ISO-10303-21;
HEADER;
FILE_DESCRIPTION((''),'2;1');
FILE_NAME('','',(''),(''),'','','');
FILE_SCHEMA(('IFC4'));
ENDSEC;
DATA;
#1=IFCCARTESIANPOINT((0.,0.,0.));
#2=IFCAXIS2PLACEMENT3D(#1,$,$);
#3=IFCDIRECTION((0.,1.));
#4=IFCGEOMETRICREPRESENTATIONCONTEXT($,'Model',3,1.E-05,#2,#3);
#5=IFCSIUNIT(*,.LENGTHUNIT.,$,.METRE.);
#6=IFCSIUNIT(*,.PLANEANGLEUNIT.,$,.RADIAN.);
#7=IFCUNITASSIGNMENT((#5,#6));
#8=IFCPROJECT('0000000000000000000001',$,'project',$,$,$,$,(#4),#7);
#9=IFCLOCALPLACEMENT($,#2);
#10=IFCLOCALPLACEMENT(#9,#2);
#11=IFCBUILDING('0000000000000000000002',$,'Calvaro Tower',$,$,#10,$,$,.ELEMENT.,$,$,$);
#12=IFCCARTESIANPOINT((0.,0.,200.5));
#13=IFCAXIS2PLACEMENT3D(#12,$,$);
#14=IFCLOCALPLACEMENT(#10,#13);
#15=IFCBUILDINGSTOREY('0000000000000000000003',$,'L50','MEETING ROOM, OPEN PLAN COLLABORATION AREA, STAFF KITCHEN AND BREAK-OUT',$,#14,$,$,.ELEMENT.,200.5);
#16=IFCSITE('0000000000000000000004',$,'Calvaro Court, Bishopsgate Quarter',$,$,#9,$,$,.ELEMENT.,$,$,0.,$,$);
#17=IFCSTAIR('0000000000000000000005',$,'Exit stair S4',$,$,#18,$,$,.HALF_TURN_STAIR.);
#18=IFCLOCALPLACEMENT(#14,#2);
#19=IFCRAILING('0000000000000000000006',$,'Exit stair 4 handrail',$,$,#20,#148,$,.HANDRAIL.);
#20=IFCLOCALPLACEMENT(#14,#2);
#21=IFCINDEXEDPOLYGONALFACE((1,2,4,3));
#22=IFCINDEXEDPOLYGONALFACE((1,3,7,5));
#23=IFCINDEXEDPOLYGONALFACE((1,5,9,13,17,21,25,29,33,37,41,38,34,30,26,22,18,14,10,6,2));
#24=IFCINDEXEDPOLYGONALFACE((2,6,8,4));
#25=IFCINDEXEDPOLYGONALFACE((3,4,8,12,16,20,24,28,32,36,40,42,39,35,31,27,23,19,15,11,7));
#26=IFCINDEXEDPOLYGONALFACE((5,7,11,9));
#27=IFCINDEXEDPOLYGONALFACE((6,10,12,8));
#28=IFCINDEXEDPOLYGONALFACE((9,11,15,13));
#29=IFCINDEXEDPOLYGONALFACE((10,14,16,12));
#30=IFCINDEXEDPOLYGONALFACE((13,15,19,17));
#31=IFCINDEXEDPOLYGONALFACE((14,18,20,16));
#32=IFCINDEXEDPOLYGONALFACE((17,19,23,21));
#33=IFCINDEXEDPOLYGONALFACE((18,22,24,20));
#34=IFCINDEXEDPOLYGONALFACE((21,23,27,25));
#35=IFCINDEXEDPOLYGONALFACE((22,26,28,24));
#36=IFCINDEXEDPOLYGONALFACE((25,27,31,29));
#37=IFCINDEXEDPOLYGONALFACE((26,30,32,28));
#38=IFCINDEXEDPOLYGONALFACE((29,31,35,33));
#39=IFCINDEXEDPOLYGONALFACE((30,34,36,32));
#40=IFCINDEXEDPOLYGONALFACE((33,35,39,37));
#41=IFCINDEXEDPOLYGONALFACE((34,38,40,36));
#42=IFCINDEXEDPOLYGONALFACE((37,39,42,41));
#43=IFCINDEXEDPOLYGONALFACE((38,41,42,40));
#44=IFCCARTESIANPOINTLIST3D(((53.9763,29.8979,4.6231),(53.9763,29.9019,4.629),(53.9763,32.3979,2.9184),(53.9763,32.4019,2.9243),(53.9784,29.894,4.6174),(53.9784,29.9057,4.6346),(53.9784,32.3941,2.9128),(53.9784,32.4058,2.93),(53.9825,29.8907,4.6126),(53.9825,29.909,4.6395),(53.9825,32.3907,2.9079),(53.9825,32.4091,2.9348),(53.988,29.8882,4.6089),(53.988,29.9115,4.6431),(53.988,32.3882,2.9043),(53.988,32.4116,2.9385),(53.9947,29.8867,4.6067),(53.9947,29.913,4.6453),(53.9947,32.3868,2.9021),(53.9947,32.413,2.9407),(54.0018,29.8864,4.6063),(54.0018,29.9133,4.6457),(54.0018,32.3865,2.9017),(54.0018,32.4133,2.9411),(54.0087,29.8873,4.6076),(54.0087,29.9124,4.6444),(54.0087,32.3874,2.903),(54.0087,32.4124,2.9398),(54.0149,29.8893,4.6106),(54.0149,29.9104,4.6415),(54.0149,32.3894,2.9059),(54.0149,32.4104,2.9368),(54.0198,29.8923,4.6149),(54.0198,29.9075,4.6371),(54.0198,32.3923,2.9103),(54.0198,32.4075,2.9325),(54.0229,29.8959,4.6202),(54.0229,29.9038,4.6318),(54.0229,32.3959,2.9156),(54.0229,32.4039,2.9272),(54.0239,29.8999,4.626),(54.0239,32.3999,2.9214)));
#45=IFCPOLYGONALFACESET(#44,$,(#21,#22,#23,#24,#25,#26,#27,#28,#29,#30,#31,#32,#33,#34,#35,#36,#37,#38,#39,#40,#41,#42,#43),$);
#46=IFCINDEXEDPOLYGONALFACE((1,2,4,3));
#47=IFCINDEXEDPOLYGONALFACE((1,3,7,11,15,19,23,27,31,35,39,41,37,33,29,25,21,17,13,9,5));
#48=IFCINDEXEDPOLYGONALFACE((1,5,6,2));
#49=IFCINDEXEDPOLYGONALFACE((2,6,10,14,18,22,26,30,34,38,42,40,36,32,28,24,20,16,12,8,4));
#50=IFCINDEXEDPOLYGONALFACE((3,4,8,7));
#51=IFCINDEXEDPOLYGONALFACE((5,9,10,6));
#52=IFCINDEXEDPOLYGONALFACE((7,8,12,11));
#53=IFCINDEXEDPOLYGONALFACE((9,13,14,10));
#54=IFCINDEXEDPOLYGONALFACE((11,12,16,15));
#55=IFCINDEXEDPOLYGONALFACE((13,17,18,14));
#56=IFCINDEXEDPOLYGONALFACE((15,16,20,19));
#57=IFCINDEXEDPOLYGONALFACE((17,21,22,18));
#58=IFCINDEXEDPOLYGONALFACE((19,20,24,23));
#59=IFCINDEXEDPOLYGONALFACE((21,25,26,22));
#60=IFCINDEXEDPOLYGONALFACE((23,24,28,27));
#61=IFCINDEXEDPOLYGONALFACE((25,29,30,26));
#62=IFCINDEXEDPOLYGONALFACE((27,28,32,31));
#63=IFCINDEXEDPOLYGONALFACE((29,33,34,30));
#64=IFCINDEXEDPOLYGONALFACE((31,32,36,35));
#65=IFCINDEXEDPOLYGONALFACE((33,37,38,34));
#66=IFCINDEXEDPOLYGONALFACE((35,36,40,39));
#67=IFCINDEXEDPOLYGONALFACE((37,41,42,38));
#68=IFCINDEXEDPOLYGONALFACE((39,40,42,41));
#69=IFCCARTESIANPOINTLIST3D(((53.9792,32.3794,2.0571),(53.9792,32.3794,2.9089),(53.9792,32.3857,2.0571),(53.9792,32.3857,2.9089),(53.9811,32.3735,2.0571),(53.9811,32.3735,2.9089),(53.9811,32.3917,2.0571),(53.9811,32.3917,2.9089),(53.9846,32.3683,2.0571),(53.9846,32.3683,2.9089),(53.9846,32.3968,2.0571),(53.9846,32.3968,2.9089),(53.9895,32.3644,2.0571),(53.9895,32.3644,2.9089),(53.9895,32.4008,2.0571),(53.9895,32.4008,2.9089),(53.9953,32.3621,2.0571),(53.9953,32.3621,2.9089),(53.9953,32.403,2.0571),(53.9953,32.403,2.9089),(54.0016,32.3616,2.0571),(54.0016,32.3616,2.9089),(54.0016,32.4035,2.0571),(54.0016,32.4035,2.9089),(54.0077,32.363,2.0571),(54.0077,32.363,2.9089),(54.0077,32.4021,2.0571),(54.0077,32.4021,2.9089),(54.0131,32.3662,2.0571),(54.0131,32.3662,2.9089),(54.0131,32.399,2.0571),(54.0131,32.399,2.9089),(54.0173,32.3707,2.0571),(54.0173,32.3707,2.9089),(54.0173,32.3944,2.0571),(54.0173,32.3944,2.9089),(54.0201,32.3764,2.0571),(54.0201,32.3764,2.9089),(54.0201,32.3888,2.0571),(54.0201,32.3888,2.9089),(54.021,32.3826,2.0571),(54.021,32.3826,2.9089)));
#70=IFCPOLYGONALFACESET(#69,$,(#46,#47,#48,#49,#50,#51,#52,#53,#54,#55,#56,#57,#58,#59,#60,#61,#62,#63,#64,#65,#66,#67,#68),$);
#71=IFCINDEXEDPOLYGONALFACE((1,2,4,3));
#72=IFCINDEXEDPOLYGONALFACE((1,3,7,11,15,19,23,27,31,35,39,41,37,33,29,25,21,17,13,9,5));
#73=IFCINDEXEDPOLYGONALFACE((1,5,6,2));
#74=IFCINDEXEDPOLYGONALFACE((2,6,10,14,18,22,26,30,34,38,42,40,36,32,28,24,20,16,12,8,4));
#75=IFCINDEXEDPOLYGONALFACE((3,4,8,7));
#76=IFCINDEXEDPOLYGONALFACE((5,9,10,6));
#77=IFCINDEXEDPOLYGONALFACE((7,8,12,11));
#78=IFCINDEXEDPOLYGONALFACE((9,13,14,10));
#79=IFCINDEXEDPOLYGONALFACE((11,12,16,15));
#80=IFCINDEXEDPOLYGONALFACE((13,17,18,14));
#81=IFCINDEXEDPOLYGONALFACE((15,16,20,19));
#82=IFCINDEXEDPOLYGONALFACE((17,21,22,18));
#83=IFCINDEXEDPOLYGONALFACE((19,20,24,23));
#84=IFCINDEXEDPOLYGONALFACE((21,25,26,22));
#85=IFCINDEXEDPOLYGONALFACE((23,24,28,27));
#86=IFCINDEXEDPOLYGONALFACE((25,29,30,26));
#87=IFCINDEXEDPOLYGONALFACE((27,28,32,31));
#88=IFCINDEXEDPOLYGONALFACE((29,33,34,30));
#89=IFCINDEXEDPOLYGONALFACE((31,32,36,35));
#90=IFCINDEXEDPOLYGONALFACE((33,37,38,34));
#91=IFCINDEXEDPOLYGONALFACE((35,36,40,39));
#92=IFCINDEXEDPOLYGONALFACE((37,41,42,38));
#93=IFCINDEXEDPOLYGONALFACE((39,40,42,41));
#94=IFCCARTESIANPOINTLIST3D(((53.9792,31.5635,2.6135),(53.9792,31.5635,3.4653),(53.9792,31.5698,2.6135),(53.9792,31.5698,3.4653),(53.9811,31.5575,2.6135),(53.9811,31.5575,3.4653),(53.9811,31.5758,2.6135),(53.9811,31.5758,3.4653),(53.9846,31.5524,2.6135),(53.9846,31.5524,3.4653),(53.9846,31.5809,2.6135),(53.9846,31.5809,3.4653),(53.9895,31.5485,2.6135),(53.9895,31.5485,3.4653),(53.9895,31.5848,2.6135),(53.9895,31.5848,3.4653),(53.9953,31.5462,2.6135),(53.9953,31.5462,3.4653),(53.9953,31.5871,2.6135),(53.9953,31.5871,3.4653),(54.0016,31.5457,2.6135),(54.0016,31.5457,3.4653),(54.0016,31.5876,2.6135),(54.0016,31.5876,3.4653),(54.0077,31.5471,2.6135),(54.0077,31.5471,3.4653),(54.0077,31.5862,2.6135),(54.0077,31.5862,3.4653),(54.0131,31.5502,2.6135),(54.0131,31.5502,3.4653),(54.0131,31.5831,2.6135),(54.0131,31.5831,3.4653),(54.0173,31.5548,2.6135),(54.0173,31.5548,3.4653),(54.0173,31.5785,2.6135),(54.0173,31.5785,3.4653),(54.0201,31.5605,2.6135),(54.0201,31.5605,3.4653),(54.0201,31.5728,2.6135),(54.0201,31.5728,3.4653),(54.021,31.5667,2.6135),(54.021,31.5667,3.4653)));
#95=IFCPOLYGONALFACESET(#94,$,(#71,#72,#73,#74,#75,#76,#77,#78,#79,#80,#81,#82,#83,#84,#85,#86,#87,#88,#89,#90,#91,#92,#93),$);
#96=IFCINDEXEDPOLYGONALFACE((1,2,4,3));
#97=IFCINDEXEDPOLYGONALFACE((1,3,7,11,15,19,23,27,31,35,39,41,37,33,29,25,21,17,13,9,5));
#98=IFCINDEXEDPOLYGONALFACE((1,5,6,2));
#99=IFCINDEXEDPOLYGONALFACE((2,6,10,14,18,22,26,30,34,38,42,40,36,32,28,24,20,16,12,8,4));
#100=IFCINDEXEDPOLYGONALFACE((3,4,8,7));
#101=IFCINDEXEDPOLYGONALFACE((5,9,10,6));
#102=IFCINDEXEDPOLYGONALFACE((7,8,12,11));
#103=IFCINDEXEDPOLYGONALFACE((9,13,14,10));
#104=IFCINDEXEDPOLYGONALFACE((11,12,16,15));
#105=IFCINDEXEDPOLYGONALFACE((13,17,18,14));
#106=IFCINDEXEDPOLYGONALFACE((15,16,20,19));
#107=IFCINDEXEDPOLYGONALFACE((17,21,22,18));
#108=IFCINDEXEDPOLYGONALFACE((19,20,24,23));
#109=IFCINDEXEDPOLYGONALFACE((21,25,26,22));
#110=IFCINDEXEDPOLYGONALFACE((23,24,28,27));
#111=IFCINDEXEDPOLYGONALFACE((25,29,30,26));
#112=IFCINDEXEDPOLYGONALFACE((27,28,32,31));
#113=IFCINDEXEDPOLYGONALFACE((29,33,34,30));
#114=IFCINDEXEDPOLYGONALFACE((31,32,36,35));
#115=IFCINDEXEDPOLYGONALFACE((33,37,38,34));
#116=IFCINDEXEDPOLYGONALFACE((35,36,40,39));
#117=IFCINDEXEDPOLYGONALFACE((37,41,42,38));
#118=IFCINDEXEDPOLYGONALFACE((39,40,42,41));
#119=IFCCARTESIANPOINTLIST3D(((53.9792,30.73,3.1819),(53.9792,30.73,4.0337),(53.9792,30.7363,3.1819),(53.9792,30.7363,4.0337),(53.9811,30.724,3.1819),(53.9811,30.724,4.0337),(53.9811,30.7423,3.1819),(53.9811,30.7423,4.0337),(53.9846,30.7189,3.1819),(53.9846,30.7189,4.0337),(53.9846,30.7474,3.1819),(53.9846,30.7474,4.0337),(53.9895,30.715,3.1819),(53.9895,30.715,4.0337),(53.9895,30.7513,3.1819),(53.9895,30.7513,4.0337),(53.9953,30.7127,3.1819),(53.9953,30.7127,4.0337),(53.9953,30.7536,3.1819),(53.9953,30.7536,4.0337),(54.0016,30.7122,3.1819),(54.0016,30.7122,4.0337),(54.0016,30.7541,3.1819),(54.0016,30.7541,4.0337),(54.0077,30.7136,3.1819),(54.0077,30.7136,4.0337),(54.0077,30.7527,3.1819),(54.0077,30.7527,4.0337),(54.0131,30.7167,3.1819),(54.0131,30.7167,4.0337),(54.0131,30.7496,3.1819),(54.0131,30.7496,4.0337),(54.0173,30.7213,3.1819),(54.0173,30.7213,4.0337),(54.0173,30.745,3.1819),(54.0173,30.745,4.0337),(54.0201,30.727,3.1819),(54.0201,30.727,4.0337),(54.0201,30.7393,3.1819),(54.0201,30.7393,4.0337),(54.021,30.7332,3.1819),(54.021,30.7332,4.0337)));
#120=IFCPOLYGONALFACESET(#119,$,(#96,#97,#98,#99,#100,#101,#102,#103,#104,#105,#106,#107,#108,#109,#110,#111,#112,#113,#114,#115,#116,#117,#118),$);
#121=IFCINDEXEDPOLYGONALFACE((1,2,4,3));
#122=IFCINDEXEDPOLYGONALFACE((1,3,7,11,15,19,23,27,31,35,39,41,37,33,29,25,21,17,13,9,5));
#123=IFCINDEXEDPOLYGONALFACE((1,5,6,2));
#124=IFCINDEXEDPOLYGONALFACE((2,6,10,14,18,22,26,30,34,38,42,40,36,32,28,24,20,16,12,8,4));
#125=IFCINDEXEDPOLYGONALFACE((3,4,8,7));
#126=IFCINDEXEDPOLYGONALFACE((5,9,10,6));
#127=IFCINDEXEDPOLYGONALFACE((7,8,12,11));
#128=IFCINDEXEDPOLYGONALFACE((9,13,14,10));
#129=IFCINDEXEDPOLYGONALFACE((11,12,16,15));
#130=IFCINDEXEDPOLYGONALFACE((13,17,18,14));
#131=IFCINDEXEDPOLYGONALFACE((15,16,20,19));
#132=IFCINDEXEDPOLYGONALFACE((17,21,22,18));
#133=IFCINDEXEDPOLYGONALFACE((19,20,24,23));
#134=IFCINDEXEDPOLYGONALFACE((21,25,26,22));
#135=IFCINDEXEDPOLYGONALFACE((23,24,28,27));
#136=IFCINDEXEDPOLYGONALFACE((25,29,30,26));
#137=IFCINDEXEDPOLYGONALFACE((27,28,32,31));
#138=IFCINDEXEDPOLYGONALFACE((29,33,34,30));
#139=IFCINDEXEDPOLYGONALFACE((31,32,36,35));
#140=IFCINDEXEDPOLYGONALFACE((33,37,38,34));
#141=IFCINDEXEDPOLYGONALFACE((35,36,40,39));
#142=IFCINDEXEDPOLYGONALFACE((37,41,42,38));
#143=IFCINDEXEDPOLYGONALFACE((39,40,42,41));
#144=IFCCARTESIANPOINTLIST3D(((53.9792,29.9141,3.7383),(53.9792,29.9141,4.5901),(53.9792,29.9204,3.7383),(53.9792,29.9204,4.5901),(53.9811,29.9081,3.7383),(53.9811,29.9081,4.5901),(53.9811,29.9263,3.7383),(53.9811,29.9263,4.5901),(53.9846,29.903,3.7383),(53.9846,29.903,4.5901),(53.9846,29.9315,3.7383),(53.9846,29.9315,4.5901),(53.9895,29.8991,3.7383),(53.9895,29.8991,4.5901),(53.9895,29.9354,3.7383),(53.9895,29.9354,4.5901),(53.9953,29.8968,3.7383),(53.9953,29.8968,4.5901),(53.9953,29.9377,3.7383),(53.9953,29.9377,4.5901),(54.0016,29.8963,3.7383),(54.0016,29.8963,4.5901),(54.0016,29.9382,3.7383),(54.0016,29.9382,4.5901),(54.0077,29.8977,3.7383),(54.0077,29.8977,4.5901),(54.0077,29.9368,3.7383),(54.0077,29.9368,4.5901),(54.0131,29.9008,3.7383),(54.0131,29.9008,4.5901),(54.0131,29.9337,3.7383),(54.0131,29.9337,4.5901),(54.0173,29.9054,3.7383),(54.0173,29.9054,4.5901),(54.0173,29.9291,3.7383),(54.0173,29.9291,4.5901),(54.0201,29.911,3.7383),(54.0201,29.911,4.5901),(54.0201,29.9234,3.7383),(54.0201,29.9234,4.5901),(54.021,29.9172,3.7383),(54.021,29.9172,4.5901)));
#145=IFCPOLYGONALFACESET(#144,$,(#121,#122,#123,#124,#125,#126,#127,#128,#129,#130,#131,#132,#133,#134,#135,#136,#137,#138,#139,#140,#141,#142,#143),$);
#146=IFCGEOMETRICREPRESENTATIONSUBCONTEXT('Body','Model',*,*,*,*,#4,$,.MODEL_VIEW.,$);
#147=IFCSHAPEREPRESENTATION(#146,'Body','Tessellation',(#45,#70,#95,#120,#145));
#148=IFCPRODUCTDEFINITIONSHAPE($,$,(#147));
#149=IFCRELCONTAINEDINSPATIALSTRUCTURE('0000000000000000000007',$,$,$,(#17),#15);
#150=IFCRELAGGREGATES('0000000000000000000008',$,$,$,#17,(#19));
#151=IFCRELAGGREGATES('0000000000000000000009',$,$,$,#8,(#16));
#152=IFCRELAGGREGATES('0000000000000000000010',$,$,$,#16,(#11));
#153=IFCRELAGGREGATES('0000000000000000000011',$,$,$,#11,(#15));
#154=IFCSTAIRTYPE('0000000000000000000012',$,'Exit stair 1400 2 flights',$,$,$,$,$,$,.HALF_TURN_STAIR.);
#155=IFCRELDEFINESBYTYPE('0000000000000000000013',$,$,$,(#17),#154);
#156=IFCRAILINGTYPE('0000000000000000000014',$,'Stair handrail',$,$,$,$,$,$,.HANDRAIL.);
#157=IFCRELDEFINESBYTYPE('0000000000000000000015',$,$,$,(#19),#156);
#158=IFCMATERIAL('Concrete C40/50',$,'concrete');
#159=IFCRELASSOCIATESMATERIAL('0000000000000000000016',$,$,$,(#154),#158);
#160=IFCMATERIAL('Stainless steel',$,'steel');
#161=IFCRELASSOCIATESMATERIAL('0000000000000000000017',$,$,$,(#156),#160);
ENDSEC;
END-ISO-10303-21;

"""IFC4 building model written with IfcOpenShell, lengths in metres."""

from ifc_helpers import new_model, si_unit, direction, frame, origin, origin_2d, place, context, subcontext, project, spatial, circle, extrude, material, type_object, element, aggregate, save


model = new_model("IFC4")

# Units and contexts
model_context = context("Model", 3, precision=1e-05, world=origin(), true_north=direction((0.0, 1.0)))
body_context = subcontext(model_context, "Body", "Model", "MODEL_VIEW")
ifc_project = project(units=[si_unit("LENGTHUNIT", "METRE"), si_unit("PLANEANGLEUNIT", "RADIAN")], contexts=[model_context])

# Site, building, storey
site_placement = place(None, origin())
site = spatial("IfcSite", under=ifc_project, at=site_placement, Name="Calvaro Court, Bishopsgate Quarter", CompositionType="ELEMENT", RefElevation=0.0)
building_placement = place(site_placement, origin())
building = spatial("IfcBuilding", under=site, at=building_placement, Name="Calvaro Tower", CompositionType="ELEMENT")
storey_placement = place(building_placement, frame((0.0, 0.0, 200.5)))
storey = spatial("IfcBuildingStorey", under=building, at=storey_placement, Name="L50", Description="MEETING ROOM, OPEN PLAN COLLABORATION AREA, STAFF KITCHEN AND BREAK-OUT", CompositionType="ELEMENT", Elevation=200.5)

# Stair
ifc_material_1 = material(Name="Concrete C40/50", Category="concrete")
stair_type = type_object("IfcStairType", Name="Exit stair 1400 2 flights", PredefinedType="HALF_TURN_STAIR", material=ifc_material_1)
stair_1_placement = place(storey_placement, origin())
stair_1 = element("IfcStair", 1, at=stair_1_placement, inside=storey, type_object=stair_type, Name="Exit stair S4", PredefinedType="HALF_TURN_STAIR")

# Railing
ifc_material_2 = material(Name="Stainless steel", Category="steel")
railing_type = type_object("IfcRailingType", Name="Stair handrail", PredefinedType="HANDRAIL", material=ifc_material_2)
railing_1_placement = place(storey_placement, frame((54.0, 32.3999, 2.0454)))
railing_1 = element("IfcRailing", 2, at=railing_1_placement, type_object=railing_type, Name="Exit stair 4 handrail", PredefinedType="HANDRAIL", context=body_context, shape_type="SweptSolid", body=[
    extrude(circle(Radius=0.0239, at=origin_2d()), frame((0.0, 0.0, 0.876), z_axis=(0.0, -0.826221, 0.563347), x_axis=(1.0, 0.0, 0.0)), (0.0, 0.0, 1.0), 3.0259),
    extrude(circle(Radius=0.021, at=origin_2d()), frame((0.0, -0.0173, 0.0117)), (0.0, 0.0, 1.0), 0.8518),
    extrude(circle(Radius=0.021, at=origin_2d()), frame((0.0, -0.8333, 0.5681)), (0.0, 0.0, 1.0), 0.8518),
    extrude(circle(Radius=0.021, at=origin_2d()), frame((0.0, -1.6667, 1.1365)), (0.0, 0.0, 1.0), 0.8518),
    extrude(circle(Radius=0.021, at=origin_2d()), frame((0.0, -2.4827, 1.6929)), (0.0, 0.0, 1.0), 0.8518),
])
aggregate(stair_1, [railing_1])

save(model, "model.ifc")
